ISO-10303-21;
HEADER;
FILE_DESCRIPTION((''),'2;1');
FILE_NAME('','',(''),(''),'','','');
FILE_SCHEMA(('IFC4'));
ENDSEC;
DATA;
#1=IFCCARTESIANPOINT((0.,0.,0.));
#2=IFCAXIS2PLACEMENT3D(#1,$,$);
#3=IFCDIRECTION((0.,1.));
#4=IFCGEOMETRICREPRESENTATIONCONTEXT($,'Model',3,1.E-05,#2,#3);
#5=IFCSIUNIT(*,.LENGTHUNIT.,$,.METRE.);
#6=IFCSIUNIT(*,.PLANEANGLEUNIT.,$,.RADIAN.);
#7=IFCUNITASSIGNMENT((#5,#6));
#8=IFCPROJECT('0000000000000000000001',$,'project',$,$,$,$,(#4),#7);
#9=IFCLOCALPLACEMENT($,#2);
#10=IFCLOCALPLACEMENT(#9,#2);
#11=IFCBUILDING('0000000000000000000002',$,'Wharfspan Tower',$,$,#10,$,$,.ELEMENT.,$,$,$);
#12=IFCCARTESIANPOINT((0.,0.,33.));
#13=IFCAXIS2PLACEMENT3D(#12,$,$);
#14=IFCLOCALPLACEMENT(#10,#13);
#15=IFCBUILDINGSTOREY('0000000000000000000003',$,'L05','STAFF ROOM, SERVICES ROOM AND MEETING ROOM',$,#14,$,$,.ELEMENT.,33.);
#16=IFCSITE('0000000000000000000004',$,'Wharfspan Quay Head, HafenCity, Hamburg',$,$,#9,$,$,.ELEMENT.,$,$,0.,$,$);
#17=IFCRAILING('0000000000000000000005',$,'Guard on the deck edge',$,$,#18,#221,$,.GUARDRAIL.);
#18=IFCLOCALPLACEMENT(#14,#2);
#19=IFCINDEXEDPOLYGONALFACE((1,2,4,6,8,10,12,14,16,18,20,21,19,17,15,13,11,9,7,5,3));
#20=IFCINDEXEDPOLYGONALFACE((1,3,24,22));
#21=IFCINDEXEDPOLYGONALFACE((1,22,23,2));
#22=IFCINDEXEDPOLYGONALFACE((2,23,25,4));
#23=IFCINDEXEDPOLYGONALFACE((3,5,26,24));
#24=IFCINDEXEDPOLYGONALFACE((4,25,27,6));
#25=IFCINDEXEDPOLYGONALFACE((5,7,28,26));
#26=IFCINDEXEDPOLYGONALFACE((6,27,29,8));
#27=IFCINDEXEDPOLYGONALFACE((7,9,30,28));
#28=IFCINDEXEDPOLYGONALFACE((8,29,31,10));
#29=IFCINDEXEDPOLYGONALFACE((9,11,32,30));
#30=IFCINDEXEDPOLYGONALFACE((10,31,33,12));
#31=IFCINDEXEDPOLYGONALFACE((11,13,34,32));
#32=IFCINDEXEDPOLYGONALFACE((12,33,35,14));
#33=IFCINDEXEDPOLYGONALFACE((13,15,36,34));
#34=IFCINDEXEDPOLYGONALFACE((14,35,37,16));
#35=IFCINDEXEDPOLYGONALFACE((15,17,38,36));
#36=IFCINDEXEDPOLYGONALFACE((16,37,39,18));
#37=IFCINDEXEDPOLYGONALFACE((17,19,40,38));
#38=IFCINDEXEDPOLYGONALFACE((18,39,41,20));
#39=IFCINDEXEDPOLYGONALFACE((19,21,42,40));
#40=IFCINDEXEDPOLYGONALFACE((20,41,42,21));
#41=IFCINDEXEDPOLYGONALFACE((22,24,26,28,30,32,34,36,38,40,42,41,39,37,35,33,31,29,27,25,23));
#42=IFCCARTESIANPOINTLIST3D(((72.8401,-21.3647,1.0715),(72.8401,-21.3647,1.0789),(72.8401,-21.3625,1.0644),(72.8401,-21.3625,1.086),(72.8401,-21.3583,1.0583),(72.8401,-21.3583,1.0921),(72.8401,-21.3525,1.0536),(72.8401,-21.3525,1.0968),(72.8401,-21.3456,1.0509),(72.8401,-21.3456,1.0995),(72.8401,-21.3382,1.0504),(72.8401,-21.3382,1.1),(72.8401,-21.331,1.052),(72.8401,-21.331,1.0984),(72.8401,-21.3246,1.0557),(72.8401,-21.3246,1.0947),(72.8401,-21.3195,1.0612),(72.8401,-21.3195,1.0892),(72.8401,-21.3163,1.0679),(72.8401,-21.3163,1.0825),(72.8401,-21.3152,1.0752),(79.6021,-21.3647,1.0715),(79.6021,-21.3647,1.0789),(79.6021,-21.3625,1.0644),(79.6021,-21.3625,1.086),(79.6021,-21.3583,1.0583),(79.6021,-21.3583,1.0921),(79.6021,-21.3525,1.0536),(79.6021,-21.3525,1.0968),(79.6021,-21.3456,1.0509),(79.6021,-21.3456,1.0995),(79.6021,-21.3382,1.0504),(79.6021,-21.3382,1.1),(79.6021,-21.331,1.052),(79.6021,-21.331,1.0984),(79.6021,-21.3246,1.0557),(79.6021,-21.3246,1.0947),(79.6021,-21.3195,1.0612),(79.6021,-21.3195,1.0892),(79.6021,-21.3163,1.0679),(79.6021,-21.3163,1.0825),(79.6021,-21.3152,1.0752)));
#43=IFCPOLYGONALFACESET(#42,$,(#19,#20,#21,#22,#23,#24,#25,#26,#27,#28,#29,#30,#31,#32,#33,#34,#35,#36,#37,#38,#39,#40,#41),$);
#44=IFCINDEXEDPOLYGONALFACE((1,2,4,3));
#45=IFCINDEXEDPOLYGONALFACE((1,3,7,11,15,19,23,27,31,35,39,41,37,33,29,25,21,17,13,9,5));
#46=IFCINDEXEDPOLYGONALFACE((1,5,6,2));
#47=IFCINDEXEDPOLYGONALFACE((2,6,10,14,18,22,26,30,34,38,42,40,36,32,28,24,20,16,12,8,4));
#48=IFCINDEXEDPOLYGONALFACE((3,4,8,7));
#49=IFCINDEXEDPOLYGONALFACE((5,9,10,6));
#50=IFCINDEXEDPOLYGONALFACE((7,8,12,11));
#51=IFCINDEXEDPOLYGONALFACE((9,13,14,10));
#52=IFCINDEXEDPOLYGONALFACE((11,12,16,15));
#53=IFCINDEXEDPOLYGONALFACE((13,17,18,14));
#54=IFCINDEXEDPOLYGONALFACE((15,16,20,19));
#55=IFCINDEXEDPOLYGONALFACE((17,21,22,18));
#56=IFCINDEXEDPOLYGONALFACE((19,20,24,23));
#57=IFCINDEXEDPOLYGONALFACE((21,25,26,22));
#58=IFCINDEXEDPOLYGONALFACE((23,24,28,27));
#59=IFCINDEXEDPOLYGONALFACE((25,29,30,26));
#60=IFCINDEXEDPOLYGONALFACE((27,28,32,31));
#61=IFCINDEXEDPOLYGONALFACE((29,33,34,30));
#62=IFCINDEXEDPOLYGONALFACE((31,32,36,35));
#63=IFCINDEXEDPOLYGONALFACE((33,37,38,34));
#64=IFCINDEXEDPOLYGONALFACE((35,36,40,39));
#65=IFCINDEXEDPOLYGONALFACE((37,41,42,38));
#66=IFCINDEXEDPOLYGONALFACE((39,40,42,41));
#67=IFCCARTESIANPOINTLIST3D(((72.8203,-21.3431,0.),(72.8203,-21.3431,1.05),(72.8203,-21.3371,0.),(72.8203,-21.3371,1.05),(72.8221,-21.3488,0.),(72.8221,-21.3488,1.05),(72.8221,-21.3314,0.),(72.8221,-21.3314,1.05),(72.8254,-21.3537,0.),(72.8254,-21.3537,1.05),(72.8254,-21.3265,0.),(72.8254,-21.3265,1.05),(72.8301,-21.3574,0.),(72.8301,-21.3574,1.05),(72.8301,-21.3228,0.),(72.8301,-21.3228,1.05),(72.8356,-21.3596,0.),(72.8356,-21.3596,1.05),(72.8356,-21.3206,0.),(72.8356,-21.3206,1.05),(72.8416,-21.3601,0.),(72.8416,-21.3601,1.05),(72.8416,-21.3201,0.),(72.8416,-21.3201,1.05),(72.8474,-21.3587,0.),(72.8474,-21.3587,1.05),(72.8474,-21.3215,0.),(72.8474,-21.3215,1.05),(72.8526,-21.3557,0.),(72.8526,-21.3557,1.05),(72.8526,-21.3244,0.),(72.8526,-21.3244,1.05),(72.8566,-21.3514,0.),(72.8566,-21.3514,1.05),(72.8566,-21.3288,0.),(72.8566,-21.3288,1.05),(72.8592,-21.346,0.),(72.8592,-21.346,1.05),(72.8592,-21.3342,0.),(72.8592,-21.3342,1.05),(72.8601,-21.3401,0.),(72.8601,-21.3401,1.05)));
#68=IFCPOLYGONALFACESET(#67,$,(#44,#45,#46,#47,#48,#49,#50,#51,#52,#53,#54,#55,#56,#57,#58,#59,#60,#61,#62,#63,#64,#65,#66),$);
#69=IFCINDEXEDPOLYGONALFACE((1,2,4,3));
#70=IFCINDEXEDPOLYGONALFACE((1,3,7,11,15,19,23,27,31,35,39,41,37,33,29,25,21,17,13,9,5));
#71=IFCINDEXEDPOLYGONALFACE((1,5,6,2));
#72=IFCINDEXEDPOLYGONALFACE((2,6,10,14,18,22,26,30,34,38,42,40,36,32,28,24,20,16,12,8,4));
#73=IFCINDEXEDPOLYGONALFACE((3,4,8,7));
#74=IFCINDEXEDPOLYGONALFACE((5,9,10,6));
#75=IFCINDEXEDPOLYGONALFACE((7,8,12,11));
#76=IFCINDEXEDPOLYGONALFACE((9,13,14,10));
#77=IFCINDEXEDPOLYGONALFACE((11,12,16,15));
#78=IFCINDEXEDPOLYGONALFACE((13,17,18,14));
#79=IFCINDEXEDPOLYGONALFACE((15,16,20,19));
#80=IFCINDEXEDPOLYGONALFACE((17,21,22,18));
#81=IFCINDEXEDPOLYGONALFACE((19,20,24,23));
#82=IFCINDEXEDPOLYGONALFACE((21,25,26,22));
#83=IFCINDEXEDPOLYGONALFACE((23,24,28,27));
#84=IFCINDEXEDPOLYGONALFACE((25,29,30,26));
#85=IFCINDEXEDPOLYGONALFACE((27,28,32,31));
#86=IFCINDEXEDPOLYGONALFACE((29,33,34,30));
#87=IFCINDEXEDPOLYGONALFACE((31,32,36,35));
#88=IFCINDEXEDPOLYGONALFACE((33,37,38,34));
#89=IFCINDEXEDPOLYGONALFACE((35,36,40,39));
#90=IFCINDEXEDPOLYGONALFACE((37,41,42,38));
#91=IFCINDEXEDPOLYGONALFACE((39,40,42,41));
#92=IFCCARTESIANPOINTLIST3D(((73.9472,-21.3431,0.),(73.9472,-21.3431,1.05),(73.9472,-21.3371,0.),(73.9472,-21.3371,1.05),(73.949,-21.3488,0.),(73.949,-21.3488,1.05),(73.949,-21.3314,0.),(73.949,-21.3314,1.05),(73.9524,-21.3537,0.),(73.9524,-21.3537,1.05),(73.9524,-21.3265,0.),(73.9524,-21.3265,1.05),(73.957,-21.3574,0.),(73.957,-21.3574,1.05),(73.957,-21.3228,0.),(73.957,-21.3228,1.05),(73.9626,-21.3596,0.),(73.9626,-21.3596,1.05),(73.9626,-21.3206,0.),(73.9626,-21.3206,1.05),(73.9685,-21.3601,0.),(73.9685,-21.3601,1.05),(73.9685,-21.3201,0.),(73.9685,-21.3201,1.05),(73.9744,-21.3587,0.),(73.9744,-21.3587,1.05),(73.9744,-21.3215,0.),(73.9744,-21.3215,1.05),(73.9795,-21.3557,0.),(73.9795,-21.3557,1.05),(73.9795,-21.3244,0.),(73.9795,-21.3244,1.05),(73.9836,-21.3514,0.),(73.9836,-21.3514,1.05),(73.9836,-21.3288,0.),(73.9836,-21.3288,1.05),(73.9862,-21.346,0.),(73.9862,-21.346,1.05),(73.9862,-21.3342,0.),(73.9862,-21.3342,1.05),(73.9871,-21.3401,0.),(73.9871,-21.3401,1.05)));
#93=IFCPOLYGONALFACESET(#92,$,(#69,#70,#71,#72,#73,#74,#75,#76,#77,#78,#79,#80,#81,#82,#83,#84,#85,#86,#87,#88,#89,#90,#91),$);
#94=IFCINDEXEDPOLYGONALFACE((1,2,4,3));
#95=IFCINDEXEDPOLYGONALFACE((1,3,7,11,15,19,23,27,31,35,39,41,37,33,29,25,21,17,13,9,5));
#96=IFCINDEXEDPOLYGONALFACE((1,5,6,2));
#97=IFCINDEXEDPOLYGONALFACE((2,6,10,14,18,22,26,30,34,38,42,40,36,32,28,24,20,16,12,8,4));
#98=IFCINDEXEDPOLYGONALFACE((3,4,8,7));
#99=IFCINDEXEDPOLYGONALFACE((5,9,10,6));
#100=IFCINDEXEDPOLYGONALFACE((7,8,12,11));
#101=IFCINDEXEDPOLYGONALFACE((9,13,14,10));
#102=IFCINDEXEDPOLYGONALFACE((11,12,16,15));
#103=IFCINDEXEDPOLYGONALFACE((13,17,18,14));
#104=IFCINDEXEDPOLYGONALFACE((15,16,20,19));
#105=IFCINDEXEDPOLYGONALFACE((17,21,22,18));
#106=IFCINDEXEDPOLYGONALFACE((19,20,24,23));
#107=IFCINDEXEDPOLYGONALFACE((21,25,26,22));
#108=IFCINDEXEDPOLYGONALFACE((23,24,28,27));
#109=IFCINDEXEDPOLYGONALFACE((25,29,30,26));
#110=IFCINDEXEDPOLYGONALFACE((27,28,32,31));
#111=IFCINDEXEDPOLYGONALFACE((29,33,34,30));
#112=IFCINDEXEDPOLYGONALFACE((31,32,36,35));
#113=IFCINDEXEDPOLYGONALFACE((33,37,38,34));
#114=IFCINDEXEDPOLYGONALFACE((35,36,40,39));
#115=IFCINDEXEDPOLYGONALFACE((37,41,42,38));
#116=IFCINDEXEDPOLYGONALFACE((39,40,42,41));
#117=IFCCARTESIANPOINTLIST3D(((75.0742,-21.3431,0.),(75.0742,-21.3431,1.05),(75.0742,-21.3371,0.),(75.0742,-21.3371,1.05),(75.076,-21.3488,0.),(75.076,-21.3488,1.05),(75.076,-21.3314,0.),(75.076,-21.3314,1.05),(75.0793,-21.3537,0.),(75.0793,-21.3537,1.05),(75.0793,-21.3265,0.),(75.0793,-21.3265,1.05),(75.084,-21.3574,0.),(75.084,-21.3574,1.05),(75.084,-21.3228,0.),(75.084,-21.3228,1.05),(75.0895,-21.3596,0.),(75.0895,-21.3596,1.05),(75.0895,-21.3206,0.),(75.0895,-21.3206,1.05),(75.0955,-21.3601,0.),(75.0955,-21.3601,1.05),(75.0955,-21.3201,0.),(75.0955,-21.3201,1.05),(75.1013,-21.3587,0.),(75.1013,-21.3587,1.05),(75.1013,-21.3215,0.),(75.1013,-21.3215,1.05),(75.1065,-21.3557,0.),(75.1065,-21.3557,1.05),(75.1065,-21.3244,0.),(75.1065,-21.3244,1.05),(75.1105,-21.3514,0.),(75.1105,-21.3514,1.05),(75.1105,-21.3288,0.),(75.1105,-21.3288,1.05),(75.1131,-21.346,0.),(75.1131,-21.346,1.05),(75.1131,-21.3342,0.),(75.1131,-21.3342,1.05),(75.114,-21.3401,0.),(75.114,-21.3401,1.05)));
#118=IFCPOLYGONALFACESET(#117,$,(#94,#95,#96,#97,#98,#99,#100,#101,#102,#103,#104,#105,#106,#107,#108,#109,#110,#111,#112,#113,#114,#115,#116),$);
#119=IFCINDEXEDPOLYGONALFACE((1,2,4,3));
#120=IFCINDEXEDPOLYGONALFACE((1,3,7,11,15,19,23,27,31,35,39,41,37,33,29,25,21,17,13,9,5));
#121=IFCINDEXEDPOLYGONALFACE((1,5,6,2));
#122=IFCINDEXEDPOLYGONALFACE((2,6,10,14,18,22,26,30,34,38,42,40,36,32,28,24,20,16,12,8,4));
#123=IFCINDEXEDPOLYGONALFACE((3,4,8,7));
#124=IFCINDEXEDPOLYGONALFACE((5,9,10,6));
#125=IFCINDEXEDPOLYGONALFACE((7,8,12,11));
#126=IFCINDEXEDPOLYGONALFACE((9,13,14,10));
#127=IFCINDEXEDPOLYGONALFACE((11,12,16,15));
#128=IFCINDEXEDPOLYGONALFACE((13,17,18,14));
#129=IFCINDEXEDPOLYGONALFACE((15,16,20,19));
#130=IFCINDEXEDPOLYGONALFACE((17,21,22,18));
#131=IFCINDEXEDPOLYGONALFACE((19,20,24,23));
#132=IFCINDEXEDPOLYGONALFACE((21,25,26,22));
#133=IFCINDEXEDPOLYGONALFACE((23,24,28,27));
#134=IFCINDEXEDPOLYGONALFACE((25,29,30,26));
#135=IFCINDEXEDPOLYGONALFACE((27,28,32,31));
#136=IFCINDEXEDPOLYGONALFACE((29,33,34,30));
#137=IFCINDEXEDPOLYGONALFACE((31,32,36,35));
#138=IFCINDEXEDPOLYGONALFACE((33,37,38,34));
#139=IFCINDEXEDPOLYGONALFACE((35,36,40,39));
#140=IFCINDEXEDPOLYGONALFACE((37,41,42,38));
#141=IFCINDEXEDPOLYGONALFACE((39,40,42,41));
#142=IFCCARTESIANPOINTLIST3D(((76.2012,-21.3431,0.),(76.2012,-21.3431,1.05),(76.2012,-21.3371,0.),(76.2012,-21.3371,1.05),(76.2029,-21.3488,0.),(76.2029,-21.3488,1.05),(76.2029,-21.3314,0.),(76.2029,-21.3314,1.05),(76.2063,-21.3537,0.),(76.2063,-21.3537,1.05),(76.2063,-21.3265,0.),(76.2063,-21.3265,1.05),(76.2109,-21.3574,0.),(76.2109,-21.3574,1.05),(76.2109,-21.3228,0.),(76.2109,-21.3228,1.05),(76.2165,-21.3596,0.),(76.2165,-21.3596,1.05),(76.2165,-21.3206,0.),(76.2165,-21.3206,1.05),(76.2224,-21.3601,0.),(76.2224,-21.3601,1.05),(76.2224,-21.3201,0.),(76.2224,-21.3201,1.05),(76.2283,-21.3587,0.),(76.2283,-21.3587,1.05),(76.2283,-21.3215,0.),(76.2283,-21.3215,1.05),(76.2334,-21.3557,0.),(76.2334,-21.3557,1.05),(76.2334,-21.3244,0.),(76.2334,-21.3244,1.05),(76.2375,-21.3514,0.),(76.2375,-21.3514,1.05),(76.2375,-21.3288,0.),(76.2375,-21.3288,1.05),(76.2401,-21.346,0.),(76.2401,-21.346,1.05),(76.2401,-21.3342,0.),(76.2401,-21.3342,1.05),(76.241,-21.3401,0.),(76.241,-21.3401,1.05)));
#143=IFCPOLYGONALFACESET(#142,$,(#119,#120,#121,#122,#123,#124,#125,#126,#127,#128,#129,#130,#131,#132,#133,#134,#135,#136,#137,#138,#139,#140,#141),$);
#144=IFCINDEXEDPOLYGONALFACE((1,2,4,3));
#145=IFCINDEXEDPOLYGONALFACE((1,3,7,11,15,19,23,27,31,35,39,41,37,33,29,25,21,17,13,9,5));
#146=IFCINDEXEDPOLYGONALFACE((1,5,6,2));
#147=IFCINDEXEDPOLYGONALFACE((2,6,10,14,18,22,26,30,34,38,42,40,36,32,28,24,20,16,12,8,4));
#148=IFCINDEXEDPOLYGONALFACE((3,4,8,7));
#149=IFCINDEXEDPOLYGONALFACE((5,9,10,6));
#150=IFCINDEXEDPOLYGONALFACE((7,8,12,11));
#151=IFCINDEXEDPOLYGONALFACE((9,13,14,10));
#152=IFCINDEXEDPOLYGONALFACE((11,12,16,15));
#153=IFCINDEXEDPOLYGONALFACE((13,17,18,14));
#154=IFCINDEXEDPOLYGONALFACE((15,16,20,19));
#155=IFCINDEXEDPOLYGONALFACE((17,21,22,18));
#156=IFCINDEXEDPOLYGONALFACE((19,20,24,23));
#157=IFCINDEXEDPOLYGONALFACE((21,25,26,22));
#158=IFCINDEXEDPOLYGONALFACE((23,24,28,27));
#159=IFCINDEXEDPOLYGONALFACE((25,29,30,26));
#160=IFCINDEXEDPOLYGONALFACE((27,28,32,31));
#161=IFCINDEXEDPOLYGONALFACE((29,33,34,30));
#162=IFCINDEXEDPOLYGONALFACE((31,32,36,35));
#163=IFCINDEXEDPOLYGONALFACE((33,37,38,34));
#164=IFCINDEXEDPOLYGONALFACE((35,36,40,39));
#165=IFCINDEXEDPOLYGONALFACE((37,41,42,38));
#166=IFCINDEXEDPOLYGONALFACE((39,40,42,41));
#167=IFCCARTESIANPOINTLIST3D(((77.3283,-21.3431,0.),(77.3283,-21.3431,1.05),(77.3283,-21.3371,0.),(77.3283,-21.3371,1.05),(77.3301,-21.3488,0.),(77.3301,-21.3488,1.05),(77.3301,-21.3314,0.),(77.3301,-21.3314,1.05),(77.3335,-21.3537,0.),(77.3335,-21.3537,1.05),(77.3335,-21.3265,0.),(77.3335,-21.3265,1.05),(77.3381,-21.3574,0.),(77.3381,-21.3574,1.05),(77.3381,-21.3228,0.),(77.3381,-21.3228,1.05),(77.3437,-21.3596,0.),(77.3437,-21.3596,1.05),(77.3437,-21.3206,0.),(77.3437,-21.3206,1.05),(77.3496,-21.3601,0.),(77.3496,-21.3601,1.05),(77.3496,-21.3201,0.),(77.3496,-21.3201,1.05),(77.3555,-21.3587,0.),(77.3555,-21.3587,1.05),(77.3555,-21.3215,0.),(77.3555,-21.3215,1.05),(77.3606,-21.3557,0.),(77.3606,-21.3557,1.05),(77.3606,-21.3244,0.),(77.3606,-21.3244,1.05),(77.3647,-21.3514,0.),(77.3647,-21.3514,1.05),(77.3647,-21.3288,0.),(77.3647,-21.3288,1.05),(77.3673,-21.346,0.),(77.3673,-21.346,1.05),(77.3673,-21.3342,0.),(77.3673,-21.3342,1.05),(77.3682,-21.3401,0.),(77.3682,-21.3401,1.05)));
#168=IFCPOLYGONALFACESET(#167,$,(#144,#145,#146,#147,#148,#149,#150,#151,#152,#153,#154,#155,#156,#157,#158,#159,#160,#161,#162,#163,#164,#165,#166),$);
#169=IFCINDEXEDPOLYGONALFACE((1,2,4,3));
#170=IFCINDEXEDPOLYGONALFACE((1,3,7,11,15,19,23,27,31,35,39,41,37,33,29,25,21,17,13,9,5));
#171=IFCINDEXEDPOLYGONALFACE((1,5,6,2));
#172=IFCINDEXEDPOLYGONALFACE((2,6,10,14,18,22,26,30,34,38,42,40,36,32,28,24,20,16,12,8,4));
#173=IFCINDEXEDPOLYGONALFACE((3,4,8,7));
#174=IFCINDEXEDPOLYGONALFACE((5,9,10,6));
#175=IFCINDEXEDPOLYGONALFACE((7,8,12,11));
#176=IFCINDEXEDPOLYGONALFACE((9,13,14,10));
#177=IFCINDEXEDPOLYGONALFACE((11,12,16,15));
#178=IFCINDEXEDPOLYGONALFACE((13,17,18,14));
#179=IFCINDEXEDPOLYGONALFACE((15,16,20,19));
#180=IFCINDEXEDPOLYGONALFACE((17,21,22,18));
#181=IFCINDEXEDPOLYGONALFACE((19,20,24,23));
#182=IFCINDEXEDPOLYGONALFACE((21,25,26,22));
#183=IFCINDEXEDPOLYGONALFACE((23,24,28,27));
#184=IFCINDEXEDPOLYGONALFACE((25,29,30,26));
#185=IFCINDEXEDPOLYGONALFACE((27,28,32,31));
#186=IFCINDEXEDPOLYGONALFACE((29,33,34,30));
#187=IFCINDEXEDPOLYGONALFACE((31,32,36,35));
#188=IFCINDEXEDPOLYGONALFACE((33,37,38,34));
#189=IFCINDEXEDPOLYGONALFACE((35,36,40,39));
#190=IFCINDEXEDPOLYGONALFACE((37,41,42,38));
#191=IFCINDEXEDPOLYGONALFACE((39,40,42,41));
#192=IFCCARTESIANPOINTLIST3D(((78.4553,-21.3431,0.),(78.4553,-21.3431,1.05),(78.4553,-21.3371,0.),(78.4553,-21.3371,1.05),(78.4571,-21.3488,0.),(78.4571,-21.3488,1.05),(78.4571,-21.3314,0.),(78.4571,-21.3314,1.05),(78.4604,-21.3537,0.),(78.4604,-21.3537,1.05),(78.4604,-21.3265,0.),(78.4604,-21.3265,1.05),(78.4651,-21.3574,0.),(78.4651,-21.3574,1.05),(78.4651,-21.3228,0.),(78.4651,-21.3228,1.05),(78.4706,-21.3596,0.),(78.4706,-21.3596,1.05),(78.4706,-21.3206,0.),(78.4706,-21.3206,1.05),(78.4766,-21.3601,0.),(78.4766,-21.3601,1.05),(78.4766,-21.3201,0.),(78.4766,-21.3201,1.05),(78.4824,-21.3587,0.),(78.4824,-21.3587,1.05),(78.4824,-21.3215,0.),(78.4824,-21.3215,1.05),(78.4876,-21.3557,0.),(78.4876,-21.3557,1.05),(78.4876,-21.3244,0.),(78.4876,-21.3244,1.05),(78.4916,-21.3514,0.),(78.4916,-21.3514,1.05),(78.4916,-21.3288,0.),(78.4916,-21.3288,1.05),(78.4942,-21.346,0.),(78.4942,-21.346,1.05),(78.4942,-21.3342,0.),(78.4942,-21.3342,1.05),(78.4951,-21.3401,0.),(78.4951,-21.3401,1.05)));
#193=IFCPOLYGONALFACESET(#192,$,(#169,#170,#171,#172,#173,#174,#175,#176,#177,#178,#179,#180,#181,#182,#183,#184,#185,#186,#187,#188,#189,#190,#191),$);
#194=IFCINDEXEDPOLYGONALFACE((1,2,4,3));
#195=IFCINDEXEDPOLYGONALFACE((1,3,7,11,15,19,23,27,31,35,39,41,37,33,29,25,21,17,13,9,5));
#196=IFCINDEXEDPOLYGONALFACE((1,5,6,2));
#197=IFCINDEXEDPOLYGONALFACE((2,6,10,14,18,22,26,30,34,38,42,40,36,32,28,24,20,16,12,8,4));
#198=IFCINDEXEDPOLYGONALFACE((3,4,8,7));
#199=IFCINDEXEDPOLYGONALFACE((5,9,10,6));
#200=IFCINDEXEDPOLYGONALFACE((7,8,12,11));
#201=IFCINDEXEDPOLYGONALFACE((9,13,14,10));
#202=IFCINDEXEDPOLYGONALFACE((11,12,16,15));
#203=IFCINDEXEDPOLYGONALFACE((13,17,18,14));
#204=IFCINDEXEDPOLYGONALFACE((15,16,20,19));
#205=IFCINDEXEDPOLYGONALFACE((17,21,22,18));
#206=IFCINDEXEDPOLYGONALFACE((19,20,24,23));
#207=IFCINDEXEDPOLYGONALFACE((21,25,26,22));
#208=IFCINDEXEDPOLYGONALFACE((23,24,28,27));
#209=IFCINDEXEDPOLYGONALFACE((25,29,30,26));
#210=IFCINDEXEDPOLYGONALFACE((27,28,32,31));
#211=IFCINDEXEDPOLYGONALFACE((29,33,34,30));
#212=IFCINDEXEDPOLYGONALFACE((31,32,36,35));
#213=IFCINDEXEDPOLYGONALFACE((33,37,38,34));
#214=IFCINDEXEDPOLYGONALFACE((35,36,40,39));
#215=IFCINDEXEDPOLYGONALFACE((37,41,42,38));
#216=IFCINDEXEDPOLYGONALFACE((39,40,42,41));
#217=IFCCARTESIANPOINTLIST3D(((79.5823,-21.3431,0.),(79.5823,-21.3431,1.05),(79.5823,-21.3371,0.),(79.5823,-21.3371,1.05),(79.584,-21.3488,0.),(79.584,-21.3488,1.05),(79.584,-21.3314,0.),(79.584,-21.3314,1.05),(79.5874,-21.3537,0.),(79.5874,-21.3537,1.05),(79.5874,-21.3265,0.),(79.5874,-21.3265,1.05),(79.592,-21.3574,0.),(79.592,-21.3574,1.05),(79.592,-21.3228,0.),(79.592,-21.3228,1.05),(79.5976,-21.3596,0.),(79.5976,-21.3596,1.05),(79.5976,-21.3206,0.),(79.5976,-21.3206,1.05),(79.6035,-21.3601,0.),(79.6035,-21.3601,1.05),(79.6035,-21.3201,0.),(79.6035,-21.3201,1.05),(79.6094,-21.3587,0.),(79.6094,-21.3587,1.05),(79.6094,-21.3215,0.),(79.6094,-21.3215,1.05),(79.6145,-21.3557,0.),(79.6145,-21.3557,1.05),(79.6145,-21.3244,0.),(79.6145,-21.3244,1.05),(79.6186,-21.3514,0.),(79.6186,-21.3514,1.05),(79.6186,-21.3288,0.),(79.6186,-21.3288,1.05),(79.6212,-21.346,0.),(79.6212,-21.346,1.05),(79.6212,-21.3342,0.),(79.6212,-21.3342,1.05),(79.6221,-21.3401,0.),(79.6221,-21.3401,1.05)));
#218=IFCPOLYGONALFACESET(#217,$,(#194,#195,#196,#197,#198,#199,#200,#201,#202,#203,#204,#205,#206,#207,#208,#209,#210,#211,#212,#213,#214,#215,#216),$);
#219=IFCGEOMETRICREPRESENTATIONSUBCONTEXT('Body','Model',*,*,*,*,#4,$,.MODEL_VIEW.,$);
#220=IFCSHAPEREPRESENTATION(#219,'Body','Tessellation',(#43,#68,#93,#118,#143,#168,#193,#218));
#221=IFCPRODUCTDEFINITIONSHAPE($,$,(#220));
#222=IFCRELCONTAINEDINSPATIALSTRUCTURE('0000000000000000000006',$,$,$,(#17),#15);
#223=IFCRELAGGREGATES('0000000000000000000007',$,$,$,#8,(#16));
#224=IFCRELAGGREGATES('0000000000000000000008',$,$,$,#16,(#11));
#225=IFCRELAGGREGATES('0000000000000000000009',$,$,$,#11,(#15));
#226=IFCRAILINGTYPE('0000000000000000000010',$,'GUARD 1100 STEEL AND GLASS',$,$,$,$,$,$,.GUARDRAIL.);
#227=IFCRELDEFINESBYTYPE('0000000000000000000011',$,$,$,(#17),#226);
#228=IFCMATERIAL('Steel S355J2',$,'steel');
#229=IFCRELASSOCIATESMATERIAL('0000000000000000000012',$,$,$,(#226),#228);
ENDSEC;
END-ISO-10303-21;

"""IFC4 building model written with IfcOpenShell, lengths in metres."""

from ifc_helpers import new_model, si_unit, direction, frame, origin, origin_2d, place, context, subcontext, project, spatial, circle, extrude, material, type_object, element, save


model = new_model("IFC4")

# Units and contexts
model_context = context("Model", 3, precision=1e-05, world=origin(), true_north=direction((0.0, 1.0)))
body_context = subcontext(model_context, "Body", "Model", "MODEL_VIEW")
ifc_project = project(units=[si_unit("LENGTHUNIT", "METRE"), si_unit("PLANEANGLEUNIT", "RADIAN")], contexts=[model_context])

# Site, building, storey
site_placement = place(None, origin())
site = spatial("IfcSite", under=ifc_project, at=site_placement, Name="Wharfspan Quay Head, HafenCity, Hamburg", CompositionType="ELEMENT", RefElevation=0.0)
building_placement = place(site_placement, origin())
building = spatial("IfcBuilding", under=site, at=building_placement, Name="Wharfspan Tower", CompositionType="ELEMENT")
storey_placement = place(building_placement, frame((0.0, 0.0, 33.0)))
storey = spatial("IfcBuildingStorey", under=building, at=storey_placement, Name="L05", Description="STAFF ROOM, SERVICES ROOM AND MEETING ROOM", CompositionType="ELEMENT", Elevation=33.0)

# Railing
ifc_material_1 = material(Name="Steel S355J2", Category="steel")
railing_type = type_object("IfcRailingType", Name="GUARD 1100 STEEL AND GLASS", PredefinedType="GUARDRAIL", material=ifc_material_1)
railing_1_placement = place(storey_placement, frame((72.8401, -21.3401, 0.0)))
element("IfcRailing", 1, at=railing_1_placement, inside=storey, type_object=railing_type, Name="Guard on the deck edge", PredefinedType="GUARDRAIL", context=body_context, shape_type="SweptSolid", body=[
    extrude(circle(Radius=0.0249, at=origin_2d()), frame((0.0, 0.0, 1.0752), z_axis=(1.0, 0.0, 0.0), x_axis=(0.0, 1.0, 0.0)), (0.0, 0.0, 1.0), 6.762),
    extrude(circle(Radius=0.02, at=origin_2d()), origin(), (0.0, 0.0, 1.0), 1.05),
    extrude(circle(Radius=0.02, at=origin_2d()), frame((1.127, 0.0, 0.0)), (0.0, 0.0, 1.0), 1.05),
    extrude(circle(Radius=0.02, at=origin_2d()), frame((2.2539, 0.0, 0.0)), (0.0, 0.0, 1.0), 1.05),
    extrude(circle(Radius=0.02, at=origin_2d()), frame((3.3809, 0.0, 0.0)), (0.0, 0.0, 1.0), 1.05),
    extrude(circle(Radius=0.02, at=origin_2d()), frame((4.5081, 0.0, 0.0)), (0.0, 0.0, 1.0), 1.05),
    extrude(circle(Radius=0.02, at=origin_2d()), frame((5.635, 0.0, 0.0)), (0.0, 0.0, 1.0), 1.05),
    extrude(circle(Radius=0.02, at=origin_2d()), frame((6.762, 0.0, 0.0)), (0.0, 0.0, 1.0), 1.05),
])

save(model, "model.ifc")
